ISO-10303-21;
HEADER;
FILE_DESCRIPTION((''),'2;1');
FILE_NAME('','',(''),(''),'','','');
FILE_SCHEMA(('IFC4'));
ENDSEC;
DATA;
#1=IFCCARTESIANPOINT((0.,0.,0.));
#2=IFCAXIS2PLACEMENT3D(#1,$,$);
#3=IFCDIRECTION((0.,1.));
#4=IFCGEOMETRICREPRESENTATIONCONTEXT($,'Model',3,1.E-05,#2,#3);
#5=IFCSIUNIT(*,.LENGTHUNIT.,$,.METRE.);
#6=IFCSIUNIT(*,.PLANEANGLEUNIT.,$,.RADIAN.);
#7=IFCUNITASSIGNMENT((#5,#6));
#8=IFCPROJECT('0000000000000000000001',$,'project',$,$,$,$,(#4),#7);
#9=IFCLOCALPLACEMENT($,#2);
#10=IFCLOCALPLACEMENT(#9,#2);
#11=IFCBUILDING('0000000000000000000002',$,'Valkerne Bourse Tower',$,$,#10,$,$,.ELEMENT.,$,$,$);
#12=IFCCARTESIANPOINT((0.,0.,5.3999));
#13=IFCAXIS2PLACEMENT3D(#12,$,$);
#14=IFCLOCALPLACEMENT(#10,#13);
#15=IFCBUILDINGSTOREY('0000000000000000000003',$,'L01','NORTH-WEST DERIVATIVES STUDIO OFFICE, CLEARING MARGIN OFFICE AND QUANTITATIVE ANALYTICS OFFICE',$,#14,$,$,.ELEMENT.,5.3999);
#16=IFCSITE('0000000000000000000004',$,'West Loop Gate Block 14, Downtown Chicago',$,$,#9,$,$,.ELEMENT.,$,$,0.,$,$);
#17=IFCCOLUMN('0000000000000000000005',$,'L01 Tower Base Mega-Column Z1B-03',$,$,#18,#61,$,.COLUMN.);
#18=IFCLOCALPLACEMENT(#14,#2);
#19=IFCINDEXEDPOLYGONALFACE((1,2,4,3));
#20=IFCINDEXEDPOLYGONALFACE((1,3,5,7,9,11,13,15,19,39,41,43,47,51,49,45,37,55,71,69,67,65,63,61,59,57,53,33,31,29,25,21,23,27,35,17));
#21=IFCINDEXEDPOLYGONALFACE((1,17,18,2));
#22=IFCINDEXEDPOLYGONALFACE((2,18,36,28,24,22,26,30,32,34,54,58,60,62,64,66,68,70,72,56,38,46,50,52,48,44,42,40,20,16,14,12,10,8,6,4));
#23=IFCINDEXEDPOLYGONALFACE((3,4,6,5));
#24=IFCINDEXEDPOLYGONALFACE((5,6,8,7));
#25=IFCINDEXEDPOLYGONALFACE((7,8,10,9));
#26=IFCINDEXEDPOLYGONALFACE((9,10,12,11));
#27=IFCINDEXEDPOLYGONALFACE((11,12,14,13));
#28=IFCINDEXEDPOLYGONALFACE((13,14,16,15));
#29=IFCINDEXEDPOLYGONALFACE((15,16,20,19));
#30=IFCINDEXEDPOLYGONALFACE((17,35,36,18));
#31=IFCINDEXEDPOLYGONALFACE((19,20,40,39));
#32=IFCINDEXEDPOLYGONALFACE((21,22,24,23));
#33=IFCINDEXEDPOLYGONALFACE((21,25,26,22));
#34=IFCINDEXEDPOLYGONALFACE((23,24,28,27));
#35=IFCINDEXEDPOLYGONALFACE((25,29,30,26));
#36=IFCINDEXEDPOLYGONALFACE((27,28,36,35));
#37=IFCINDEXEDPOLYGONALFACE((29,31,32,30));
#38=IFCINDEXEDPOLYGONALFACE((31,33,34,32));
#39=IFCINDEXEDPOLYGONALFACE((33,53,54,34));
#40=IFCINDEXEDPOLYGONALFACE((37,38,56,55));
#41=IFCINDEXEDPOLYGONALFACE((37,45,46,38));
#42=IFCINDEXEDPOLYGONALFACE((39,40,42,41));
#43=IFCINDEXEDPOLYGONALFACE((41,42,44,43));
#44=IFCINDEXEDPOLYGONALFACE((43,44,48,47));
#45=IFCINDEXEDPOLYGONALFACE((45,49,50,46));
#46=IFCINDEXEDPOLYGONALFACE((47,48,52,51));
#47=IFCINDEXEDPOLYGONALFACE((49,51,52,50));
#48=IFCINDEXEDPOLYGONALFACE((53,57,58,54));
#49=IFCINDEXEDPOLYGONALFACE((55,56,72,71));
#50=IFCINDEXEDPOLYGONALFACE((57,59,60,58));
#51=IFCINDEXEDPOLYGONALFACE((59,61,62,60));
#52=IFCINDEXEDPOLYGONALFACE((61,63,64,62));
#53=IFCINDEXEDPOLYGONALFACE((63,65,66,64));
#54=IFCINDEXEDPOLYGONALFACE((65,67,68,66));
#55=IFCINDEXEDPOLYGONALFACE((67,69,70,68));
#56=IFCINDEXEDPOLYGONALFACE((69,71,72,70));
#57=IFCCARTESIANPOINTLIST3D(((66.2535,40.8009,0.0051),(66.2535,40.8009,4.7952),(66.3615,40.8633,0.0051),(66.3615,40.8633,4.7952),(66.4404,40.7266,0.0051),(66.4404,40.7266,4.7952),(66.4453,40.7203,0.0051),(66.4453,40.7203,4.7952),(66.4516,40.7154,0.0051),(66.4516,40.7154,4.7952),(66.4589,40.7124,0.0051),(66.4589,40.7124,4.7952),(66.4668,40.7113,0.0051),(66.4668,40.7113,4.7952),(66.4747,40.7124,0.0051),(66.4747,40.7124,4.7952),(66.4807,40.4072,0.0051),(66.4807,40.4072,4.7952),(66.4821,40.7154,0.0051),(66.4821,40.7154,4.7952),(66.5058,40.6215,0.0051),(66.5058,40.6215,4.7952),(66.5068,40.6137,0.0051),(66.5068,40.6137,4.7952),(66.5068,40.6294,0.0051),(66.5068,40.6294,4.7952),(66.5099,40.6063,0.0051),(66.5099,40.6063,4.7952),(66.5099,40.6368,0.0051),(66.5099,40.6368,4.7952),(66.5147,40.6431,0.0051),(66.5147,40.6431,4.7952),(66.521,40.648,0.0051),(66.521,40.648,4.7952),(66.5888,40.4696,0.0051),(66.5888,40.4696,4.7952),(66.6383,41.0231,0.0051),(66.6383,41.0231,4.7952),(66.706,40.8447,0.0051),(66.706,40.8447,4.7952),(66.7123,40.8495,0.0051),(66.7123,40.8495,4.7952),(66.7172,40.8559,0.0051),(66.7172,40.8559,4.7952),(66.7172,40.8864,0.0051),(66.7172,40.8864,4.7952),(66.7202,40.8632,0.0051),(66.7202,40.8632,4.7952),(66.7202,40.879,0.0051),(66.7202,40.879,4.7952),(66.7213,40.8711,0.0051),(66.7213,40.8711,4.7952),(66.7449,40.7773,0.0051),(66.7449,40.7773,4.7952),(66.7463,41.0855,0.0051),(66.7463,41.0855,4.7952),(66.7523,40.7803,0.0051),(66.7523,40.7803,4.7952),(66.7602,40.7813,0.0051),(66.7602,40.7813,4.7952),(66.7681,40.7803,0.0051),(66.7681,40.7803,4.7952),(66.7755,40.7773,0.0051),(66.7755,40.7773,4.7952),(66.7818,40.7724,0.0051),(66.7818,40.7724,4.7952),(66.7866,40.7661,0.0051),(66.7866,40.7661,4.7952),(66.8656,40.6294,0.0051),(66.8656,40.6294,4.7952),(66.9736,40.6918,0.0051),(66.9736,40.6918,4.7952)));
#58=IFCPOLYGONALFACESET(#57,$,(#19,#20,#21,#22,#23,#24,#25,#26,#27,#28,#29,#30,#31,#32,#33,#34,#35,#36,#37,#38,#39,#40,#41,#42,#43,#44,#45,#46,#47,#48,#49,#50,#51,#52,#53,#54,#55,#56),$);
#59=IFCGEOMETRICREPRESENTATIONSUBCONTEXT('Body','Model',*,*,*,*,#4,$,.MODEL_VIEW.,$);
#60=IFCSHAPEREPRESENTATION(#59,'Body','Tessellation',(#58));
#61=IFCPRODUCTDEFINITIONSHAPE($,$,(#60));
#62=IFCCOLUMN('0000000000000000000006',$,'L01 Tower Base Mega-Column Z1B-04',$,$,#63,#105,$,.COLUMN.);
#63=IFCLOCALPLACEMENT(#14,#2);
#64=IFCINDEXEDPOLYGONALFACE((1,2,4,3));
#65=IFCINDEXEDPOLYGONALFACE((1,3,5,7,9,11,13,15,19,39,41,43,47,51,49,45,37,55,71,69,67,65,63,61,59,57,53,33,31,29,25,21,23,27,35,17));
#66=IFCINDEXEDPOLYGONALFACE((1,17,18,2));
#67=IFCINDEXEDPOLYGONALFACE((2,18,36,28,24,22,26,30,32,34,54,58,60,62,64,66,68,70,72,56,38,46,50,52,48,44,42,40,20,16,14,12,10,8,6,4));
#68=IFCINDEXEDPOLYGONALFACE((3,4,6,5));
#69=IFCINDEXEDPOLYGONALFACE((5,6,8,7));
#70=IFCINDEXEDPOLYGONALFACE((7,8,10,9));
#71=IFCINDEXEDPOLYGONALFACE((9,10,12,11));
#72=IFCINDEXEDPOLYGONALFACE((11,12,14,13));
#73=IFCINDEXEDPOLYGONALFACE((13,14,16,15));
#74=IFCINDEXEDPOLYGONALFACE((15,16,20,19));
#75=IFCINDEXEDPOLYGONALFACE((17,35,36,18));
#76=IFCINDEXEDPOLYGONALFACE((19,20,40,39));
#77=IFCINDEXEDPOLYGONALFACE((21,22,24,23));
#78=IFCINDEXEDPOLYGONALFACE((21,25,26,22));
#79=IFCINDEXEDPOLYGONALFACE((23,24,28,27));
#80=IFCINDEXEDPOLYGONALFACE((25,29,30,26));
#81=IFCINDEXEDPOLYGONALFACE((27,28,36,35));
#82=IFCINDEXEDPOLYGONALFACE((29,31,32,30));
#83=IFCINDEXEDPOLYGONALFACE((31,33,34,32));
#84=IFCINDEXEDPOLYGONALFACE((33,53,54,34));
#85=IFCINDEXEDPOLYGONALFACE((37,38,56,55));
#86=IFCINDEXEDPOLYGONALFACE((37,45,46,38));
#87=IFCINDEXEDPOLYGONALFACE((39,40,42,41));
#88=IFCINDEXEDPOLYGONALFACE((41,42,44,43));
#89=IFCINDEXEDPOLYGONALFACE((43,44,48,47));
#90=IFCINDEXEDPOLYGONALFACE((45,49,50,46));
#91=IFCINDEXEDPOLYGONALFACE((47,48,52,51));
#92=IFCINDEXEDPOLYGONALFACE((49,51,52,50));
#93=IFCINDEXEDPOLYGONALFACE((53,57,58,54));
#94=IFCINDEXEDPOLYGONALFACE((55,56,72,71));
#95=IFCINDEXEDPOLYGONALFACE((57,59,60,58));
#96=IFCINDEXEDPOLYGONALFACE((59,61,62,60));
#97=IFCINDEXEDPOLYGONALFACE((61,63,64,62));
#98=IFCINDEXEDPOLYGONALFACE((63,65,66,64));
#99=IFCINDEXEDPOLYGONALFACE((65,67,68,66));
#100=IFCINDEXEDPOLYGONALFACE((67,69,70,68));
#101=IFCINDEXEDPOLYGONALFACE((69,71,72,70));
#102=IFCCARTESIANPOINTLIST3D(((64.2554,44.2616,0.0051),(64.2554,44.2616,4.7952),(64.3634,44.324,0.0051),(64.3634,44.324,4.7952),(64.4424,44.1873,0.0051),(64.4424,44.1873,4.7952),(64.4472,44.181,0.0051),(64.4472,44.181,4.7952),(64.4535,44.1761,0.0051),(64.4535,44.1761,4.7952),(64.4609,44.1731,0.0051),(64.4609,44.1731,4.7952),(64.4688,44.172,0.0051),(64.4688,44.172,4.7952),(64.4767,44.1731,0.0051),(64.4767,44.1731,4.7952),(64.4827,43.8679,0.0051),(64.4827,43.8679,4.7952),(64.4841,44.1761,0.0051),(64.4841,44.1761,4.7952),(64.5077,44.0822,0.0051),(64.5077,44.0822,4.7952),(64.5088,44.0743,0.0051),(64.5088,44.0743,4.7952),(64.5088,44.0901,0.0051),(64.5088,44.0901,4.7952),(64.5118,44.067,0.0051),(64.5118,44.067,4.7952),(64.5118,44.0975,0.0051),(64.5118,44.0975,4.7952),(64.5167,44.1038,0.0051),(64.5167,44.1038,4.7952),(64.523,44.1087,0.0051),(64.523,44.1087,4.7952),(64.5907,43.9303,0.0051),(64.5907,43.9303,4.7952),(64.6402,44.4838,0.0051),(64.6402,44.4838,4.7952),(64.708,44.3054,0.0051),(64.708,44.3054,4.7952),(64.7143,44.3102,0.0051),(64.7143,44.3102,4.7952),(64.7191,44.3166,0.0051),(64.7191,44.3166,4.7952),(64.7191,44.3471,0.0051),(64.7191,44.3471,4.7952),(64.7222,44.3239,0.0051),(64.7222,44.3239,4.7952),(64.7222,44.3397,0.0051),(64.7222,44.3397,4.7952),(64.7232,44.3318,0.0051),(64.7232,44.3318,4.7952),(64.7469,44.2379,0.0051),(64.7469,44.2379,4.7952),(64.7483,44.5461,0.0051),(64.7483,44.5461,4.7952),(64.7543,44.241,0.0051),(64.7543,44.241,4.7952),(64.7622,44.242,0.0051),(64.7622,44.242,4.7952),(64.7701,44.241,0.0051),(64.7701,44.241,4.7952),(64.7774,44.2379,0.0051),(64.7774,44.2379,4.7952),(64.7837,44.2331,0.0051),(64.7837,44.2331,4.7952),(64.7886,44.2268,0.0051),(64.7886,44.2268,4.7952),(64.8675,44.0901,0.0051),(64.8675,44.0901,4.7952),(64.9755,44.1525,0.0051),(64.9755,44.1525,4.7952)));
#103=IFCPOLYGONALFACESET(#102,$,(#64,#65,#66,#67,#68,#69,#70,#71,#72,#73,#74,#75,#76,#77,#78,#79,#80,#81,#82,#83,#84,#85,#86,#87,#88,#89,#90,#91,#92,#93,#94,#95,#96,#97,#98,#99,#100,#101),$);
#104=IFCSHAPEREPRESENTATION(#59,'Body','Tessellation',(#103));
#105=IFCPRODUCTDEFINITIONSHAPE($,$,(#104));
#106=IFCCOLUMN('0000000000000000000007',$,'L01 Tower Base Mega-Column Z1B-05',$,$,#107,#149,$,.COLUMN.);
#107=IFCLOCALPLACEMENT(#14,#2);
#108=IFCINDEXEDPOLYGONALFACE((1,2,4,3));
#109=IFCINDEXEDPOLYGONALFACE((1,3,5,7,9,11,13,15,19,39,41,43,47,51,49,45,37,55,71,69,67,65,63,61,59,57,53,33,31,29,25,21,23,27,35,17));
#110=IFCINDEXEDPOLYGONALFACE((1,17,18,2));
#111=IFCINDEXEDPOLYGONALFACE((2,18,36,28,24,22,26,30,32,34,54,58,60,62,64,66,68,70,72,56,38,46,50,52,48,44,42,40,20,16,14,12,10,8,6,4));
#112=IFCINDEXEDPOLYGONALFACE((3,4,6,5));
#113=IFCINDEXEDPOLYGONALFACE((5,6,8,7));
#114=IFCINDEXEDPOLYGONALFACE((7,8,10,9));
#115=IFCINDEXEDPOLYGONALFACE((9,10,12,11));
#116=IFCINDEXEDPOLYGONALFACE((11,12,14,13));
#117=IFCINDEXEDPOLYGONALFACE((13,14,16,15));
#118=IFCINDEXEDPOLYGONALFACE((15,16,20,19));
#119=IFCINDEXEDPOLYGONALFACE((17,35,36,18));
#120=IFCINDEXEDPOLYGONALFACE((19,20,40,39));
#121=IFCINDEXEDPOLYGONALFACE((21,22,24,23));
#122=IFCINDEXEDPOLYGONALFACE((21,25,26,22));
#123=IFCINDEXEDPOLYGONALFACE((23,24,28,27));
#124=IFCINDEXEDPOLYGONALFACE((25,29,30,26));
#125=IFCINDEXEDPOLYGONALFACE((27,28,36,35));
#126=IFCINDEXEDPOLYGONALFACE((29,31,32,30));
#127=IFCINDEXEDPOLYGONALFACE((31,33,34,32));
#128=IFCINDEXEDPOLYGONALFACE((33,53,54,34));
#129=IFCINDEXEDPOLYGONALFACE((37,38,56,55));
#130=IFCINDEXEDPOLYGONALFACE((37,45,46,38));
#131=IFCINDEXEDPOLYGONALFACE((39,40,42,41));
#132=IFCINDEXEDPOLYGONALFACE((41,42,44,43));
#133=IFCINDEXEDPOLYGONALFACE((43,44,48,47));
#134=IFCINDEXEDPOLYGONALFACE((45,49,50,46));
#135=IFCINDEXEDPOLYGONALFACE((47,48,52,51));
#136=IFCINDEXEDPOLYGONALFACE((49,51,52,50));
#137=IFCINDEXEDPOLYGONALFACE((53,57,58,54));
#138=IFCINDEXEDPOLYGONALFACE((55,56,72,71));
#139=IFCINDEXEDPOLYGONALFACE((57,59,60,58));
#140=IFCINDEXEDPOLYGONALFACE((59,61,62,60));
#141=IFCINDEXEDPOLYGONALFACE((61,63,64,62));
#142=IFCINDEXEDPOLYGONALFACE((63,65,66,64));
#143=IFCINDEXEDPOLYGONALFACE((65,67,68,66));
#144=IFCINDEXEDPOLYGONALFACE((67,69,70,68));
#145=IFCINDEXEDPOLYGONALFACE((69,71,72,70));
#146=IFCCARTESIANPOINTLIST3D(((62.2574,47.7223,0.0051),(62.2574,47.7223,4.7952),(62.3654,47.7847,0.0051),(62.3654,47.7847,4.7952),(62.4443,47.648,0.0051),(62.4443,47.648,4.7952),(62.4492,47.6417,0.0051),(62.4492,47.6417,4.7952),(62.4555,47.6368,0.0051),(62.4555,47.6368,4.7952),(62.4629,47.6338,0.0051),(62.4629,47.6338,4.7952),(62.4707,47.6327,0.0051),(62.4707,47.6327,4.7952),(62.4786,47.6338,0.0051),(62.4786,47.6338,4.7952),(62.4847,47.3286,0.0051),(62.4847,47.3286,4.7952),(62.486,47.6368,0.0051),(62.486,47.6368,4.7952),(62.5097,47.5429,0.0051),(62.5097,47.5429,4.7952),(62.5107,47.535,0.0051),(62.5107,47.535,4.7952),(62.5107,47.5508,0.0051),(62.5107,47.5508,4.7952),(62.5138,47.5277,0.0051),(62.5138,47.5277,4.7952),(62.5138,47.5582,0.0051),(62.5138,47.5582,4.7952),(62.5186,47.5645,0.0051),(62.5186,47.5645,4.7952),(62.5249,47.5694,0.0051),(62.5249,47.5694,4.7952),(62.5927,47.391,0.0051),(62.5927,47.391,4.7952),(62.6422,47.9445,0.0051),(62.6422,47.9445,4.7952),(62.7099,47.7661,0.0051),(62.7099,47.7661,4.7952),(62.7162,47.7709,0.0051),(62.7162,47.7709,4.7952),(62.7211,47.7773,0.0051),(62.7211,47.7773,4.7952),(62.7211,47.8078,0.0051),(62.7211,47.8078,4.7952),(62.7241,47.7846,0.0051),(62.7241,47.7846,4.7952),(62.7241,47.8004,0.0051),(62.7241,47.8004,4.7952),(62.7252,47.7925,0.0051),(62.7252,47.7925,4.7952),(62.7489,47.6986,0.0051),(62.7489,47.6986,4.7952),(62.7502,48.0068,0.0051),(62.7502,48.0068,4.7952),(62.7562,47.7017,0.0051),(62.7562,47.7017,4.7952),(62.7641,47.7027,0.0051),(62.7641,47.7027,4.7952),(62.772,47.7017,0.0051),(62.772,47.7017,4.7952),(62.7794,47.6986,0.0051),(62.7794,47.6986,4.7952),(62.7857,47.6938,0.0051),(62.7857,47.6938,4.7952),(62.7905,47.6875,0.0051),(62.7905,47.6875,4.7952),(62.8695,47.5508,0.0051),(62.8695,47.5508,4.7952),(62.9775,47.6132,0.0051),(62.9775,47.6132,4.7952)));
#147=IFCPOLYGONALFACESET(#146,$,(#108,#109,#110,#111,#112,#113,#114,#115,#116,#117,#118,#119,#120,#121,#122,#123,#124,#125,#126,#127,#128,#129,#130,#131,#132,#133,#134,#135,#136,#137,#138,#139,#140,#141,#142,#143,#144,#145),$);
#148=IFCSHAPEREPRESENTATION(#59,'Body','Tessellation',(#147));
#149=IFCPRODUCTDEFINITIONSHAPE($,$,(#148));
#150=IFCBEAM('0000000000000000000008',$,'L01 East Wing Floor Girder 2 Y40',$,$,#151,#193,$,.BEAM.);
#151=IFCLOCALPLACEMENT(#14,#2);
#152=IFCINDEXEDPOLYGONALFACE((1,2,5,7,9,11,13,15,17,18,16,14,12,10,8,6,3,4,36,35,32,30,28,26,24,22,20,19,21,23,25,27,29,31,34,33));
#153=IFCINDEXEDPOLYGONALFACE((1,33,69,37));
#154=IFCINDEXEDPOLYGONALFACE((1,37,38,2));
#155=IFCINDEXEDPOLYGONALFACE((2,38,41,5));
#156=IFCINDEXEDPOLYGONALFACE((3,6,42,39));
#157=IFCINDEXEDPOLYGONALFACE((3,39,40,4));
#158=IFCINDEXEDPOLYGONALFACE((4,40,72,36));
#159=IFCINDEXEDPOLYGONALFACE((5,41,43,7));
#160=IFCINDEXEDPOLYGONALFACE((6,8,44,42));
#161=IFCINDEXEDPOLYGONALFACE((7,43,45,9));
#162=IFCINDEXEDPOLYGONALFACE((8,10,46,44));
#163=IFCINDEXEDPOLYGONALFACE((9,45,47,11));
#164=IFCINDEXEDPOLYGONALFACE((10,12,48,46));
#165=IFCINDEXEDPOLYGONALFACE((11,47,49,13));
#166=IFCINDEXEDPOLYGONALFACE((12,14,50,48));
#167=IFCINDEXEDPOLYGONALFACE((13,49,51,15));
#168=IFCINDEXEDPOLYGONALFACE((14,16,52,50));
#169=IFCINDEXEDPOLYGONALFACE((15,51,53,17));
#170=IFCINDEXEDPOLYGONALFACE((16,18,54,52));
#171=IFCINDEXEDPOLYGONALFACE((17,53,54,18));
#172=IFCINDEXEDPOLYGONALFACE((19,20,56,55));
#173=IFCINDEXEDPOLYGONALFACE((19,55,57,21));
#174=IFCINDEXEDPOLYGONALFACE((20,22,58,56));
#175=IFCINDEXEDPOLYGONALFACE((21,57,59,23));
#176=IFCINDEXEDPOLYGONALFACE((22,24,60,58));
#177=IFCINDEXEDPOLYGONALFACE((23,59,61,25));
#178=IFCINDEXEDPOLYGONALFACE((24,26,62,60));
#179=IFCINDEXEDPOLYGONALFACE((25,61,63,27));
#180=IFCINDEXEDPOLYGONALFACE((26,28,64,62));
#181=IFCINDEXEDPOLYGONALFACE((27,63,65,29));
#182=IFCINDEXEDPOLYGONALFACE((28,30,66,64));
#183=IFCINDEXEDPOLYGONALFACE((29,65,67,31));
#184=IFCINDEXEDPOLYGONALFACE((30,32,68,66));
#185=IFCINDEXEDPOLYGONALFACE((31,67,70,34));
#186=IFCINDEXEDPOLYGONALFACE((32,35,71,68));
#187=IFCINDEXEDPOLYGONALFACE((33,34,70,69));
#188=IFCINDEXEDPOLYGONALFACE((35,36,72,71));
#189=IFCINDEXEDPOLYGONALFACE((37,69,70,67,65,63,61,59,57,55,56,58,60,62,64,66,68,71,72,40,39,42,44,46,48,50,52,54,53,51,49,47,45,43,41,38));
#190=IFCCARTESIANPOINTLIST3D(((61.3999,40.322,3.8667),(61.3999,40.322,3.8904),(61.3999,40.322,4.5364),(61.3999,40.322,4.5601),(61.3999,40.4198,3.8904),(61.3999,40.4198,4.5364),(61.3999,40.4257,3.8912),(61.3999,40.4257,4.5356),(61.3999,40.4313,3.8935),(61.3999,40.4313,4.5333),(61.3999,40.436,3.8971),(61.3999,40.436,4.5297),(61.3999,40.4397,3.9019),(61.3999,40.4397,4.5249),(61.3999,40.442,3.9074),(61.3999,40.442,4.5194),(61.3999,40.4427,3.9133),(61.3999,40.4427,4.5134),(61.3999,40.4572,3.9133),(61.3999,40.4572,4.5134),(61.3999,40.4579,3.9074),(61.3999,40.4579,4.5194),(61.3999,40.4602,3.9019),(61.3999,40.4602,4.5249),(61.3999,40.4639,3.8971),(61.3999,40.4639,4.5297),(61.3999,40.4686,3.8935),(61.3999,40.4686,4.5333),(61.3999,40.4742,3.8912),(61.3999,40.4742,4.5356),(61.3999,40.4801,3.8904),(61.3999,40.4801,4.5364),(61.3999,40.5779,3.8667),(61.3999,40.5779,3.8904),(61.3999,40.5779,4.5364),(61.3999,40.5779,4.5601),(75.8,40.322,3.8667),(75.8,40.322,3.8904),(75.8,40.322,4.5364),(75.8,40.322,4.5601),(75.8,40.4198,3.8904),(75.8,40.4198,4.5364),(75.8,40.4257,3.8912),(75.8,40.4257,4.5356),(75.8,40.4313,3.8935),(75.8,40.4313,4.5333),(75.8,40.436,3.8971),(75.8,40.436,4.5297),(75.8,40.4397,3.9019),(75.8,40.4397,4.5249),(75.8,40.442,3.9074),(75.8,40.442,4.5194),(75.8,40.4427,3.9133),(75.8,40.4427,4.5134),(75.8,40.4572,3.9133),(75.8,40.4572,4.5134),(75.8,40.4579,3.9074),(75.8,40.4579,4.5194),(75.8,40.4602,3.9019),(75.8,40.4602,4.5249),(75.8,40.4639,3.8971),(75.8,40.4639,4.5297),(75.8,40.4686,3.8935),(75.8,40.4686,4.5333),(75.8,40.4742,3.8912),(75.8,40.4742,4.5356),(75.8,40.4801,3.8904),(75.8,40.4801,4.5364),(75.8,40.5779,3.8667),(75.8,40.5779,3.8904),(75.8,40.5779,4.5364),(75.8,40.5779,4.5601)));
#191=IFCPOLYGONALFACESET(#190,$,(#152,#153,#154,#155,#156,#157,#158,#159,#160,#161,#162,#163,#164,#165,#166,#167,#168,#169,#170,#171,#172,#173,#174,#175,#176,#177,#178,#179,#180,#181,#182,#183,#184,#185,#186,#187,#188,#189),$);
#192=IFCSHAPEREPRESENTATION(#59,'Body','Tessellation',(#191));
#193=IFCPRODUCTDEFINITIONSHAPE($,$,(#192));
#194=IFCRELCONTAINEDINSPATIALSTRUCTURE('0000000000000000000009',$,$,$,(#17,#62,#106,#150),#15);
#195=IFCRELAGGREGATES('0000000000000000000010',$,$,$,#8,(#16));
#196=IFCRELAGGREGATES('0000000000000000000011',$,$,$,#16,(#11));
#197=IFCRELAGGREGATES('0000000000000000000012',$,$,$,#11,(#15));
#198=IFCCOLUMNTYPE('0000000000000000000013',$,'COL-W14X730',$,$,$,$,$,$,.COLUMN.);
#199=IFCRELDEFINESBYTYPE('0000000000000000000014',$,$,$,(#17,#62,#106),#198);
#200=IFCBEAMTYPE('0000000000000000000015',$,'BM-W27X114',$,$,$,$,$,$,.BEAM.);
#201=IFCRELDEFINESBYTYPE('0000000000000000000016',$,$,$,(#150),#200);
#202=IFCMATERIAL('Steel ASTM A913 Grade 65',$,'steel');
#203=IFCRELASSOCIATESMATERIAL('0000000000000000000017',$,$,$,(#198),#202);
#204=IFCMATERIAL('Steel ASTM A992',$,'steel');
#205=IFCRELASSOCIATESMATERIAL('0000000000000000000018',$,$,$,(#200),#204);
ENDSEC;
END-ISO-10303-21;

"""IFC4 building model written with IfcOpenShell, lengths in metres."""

from ifc_helpers import new_model, si_unit, direction, frame, origin, origin_2d, place, context, subcontext, project, spatial, i_section, extrude, material, material_profile, profile_set, type_object, element, save


model = new_model("IFC4")

# Units and contexts
model_context = context("Model", 3, precision=1e-05, world=origin(), true_north=direction((0.0, 1.0)))
body_context = subcontext(model_context, "Body", "Model", "MODEL_VIEW")
ifc_project = project(units=[si_unit("LENGTHUNIT", "METRE"), si_unit("PLANEANGLEUNIT", "RADIAN")], contexts=[model_context])

# Site, building, storey
site_placement = place(None, origin())
site = spatial("IfcSite", under=ifc_project, at=site_placement, Name="West Loop Gate Block 14, Downtown Chicago", CompositionType="ELEMENT", RefElevation=0.0)
building_placement = place(site_placement, origin())
building = spatial("IfcBuilding", under=site, at=building_placement, Name="Valkerne Bourse Tower", CompositionType="ELEMENT")
storey_placement = place(building_placement, frame((0.0, 0.0, 5.3999)))
storey = spatial("IfcBuildingStorey", under=building, at=storey_placement, Name="L01", Description="NORTH-WEST DERIVATIVES STUDIO OFFICE, CLEARING MARGIN OFFICE AND QUANTITATIVE ANALYTICS OFFICE", CompositionType="ELEMENT", Elevation=5.3999)

# Columns
ifc_material_1 = material(Name="Steel ASTM A913 Grade 65", Category="steel")
ifc_material_profile_1 = material_profile(ifc_material_1, i_section(OverallWidth=0.4546, OverallDepth=0.5691, WebThickness=0.0779, FlangeThickness=0.1248, FilletRadius=0.0305, at=origin_2d()), Name="W14X730")
ifc_profile_set_1 = profile_set([ifc_material_profile_1], Name="Steel ASTM A913 Grade 65")
column_type_1 = type_object("IfcColumnType", Name="COL-W14X730", PredefinedType="COLUMN", material=ifc_profile_set_1)
for number, where, z_axis, x_axis, name in (
    (1, (66.6135, 40.7463, 0.0051), (0.0, 0.0, 1.0), (-0.5, 0.866025, 0.0), "L01 Tower Base Mega-Column Z1B-03"),
    (2, (64.6155, 44.207, 0.0051), (0.0, 0.0, 1.0), (-0.5, 0.866025, 0.0), "L01 Tower Base Mega-Column Z1B-04"),
    (3, (62.6174, 47.6677, 0.0051), (0.0, 0.0, 1.0), (-0.5, 0.866025, 0.0), "L01 Tower Base Mega-Column Z1B-05"),
):
    element("IfcColumn", number, at=place(storey_placement, frame(where, z_axis=z_axis, x_axis=x_axis)), inside=storey, type_object=column_type_1, Name=name, PredefinedType="COLUMN", context=body_context, shape_type="SweptSolid", body=[
        extrude(i_section(OverallWidth=0.4546, OverallDepth=0.5691, WebThickness=0.0779, FlangeThickness=0.1248, FilletRadius=0.0305, at=origin_2d()), origin(), (0.0, 0.0, 1.0), 4.79),
    ])

# Beam
ifc_material_2 = material(Name="Steel ASTM A992", Category="steel")
ifc_material_profile_2 = material_profile(ifc_material_2, i_section(OverallWidth=0.2559, OverallDepth=0.6934, WebThickness=0.0144, FlangeThickness=0.0237, FilletRadius=0.0229, at=origin_2d()), Name="W27X114")
ifc_profile_set_2 = profile_set([ifc_material_profile_2], Name="Steel ASTM A992")
beam_type_1 = type_object("IfcBeamType", Name="BM-W27X114", PredefinedType="BEAM", material=ifc_profile_set_2)
beam_1_placement = place(storey_placement, frame((61.3999, 40.45, 4.2134), z_axis=(1.0, 0.0, 0.0), x_axis=(0.0, 1.0, 0.0)))
element("IfcBeam", 4, at=beam_1_placement, inside=storey, type_object=beam_type_1, Name="L01 East Wing Floor Girder 2 Y40", PredefinedType="BEAM", context=body_context, shape_type="SweptSolid", body=[
    extrude(i_section(OverallWidth=0.2559, OverallDepth=0.6934, WebThickness=0.0144, FlangeThickness=0.0237, FilletRadius=0.0229, at=origin_2d()), origin(), (0.0, 0.0, 1.0), 14.4001),
])

save(model, "model.ifc")
